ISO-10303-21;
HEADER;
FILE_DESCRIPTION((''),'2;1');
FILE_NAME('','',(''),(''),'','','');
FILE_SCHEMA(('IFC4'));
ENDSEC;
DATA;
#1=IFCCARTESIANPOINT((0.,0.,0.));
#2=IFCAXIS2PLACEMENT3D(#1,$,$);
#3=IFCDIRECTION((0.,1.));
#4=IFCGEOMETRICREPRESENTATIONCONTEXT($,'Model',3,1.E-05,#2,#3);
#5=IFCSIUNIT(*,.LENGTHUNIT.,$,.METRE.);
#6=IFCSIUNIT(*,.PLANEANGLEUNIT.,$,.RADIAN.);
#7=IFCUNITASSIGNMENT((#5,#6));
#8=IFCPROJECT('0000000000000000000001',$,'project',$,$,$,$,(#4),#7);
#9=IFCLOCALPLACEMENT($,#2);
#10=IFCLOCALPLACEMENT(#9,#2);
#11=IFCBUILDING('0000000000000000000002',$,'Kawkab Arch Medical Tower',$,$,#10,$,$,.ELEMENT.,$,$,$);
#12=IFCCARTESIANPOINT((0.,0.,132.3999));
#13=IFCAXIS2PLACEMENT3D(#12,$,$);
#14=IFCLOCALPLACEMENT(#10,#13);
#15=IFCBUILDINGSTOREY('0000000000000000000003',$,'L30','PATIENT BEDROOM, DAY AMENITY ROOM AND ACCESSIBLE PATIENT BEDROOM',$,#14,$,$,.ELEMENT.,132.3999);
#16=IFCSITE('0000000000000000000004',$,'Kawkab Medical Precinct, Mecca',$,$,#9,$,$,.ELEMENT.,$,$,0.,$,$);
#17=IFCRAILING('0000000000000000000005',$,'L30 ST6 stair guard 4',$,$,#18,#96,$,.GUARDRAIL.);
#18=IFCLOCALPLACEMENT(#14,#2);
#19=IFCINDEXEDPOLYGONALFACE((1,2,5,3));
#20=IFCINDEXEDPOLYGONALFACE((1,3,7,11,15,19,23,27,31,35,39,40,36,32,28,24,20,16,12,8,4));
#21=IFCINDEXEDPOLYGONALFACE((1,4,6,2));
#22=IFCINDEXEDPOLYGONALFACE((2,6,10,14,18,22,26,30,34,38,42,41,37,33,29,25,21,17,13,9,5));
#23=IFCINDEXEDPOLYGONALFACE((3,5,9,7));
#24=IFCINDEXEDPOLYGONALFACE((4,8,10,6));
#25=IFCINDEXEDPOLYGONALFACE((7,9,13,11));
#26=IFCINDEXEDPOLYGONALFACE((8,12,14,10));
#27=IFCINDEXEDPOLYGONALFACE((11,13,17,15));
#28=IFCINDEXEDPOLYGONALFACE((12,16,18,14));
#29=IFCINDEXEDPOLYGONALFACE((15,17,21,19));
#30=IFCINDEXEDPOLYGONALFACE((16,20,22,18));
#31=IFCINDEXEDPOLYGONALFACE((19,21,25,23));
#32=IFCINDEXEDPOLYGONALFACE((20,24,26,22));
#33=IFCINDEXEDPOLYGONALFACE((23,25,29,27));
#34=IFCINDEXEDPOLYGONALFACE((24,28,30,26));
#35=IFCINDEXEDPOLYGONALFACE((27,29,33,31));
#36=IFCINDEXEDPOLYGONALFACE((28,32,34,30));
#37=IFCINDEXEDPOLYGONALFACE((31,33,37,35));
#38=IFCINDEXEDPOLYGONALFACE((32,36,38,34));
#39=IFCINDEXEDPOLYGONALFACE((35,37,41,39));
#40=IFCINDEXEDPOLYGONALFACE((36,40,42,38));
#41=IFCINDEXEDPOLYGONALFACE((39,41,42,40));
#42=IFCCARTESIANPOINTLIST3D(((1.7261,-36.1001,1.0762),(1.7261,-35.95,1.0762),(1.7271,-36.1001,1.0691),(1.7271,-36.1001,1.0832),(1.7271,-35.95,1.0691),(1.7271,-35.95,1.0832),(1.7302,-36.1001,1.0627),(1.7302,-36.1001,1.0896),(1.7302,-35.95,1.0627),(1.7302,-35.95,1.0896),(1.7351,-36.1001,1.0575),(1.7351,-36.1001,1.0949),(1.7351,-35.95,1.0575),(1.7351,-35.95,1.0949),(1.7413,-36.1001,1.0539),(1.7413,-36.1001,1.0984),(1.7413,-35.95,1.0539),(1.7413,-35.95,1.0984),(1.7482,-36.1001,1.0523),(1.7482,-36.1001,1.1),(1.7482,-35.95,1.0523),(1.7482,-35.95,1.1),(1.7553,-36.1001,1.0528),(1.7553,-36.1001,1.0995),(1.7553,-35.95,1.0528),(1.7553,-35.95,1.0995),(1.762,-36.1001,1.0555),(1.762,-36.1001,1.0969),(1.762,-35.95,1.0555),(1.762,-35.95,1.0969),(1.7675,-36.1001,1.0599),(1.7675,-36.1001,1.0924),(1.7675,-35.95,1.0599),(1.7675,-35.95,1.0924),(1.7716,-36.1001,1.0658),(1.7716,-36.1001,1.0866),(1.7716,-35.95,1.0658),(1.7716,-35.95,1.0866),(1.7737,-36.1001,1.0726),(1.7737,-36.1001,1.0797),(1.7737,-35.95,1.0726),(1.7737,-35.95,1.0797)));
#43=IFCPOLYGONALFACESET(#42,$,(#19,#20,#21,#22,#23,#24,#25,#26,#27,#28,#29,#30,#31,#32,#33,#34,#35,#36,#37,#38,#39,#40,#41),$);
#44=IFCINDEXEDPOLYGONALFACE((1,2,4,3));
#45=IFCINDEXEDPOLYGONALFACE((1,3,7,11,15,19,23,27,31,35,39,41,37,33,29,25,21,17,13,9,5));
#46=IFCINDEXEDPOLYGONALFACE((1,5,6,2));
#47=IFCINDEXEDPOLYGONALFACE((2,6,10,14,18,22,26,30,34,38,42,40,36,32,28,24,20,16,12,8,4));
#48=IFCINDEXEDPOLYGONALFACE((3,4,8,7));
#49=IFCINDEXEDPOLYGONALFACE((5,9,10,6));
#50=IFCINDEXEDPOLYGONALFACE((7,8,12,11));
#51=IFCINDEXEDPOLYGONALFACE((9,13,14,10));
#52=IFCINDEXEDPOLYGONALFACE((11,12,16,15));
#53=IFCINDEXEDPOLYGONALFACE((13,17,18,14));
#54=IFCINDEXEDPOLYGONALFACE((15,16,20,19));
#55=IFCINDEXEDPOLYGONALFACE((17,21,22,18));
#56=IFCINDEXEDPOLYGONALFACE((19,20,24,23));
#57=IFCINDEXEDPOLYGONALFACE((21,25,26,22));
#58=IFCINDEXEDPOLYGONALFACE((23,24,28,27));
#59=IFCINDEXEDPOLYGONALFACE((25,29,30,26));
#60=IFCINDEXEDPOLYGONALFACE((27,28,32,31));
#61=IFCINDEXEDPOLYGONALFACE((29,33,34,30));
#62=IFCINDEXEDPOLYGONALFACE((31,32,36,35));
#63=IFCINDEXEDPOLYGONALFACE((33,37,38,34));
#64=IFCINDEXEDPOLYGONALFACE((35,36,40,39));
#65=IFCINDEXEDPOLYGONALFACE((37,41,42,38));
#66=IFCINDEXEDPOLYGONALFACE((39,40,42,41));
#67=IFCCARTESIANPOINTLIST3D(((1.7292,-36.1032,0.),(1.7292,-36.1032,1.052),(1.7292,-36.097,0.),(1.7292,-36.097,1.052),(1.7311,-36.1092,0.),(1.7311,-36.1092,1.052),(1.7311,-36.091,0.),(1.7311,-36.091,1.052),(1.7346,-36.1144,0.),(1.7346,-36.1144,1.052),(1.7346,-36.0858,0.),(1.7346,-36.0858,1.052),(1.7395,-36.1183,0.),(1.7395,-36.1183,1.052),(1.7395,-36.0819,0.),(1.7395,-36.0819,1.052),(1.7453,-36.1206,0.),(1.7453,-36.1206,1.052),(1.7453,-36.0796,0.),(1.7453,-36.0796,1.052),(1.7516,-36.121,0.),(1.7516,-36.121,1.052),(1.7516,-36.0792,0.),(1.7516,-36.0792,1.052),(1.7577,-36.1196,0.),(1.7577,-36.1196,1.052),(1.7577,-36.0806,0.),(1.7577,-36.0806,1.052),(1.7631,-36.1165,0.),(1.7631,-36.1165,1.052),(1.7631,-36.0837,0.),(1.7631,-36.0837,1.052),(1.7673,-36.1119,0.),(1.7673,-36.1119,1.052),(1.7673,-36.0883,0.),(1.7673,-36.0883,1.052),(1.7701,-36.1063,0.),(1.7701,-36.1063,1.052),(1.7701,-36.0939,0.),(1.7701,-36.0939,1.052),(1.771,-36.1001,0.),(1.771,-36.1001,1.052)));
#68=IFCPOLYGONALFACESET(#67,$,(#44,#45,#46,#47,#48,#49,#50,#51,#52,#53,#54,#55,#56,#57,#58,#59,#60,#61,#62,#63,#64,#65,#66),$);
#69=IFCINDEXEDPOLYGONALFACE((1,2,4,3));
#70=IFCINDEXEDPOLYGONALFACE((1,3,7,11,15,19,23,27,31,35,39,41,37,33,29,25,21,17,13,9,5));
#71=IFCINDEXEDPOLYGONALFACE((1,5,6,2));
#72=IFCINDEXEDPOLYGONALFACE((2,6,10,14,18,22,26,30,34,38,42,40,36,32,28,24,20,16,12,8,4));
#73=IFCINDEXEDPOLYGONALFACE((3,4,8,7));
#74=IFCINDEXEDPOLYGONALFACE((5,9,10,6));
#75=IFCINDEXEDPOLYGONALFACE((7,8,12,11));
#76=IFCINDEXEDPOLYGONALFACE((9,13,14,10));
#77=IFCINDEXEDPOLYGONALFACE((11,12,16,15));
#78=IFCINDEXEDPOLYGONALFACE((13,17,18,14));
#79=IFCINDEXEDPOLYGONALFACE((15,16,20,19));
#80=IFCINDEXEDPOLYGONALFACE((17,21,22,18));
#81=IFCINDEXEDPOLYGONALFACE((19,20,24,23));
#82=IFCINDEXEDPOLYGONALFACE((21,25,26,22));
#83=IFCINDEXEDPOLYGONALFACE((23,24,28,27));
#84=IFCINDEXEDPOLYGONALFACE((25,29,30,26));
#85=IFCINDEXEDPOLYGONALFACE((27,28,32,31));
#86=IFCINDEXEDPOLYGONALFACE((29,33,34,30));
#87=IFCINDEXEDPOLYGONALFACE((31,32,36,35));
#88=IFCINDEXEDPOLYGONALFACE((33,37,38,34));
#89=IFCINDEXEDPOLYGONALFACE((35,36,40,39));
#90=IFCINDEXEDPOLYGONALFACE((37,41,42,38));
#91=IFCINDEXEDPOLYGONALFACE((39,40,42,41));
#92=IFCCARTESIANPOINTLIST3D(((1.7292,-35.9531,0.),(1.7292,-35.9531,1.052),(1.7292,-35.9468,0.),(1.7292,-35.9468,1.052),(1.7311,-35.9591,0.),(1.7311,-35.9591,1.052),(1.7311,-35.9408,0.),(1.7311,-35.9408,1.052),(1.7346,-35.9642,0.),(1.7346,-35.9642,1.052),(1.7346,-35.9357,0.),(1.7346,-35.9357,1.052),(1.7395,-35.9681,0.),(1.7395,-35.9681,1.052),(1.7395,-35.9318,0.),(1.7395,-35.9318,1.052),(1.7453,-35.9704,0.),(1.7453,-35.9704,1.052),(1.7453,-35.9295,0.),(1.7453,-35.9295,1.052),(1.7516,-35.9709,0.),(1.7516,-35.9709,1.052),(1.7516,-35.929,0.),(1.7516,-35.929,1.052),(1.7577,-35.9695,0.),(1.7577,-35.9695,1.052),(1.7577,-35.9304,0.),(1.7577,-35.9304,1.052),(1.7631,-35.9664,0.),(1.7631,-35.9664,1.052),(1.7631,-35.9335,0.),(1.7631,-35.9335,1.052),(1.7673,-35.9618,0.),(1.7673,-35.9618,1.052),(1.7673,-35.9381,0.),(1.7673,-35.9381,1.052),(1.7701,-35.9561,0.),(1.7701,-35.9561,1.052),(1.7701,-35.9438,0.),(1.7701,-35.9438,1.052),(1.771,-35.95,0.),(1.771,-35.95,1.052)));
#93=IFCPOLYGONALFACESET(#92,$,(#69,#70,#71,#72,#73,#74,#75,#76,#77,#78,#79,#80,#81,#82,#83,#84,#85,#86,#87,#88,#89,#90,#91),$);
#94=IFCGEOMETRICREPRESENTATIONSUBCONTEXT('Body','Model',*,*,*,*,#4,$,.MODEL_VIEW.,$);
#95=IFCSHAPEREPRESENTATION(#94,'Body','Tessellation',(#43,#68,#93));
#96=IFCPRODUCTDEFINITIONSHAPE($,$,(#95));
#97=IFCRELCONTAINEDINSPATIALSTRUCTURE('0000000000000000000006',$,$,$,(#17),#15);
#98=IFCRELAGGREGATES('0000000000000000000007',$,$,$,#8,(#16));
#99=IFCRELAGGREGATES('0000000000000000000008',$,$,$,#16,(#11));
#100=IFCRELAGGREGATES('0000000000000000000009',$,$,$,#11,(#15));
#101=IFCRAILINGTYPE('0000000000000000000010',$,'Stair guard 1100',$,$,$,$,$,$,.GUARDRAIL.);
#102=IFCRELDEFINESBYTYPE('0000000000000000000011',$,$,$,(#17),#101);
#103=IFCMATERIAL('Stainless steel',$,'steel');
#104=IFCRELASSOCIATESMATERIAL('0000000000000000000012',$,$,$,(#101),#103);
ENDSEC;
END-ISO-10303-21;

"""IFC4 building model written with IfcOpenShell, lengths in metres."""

from ifc_helpers import new_model, si_unit, direction, frame, origin, origin_2d, place, context, subcontext, project, spatial, circle, extrude, material, type_object, element, save


model = new_model("IFC4")

# Units and contexts
model_context = context("Model", 3, precision=1e-05, world=origin(), true_north=direction((0.0, 1.0)))
body_context = subcontext(model_context, "Body", "Model", "MODEL_VIEW")
ifc_project = project(units=[si_unit("LENGTHUNIT", "METRE"), si_unit("PLANEANGLEUNIT", "RADIAN")], contexts=[model_context])

# Site, building, storey
site_placement = place(None, origin())
site = spatial("IfcSite", under=ifc_project, at=site_placement, Name="Kawkab Medical Precinct, Mecca", CompositionType="ELEMENT", RefElevation=0.0)
building_placement = place(site_placement, origin())
building = spatial("IfcBuilding", under=site, at=building_placement, Name="Kawkab Arch Medical Tower", CompositionType="ELEMENT")
storey_placement = place(building_placement, frame((0.0, 0.0, 132.3999)))
storey = spatial("IfcBuildingStorey", under=building, at=storey_placement, Name="L30", Description="PATIENT BEDROOM, DAY AMENITY ROOM AND ACCESSIBLE PATIENT BEDROOM", CompositionType="ELEMENT", Elevation=132.3999)

# Railing
ifc_material_1 = material(Name="Stainless steel", Category="steel")
railing_type_1 = type_object("IfcRailingType", Name="Stair guard 1100", PredefinedType="GUARDRAIL", material=ifc_material_1)
railing_1_placement = place(storey_placement, frame((1.75, -36.1001, 0.0)))
element("IfcRailing", 1, at=railing_1_placement, inside=storey, type_object=railing_type_1, Name="L30 ST6 stair guard 4", PredefinedType="GUARDRAIL", context=body_context, shape_type="SweptSolid", body=[
    extrude(circle(Radius=0.0239, at=origin_2d()), frame((0.0, 0.0, 1.0762), z_axis=(0.0, 1.0, 0.0), x_axis=(-1.0, 0.0, 0.0)), (0.0, 0.0, 1.0), 0.1501),
    extrude(circle(Radius=0.021, at=origin_2d()), origin(), (0.0, 0.0, 1.0), 1.052),
    extrude(circle(Radius=0.021, at=origin_2d()), frame((0.0, 0.1501, 0.0)), (0.0, 0.0, 1.0), 1.052),
])

save(model, "model.ifc")
